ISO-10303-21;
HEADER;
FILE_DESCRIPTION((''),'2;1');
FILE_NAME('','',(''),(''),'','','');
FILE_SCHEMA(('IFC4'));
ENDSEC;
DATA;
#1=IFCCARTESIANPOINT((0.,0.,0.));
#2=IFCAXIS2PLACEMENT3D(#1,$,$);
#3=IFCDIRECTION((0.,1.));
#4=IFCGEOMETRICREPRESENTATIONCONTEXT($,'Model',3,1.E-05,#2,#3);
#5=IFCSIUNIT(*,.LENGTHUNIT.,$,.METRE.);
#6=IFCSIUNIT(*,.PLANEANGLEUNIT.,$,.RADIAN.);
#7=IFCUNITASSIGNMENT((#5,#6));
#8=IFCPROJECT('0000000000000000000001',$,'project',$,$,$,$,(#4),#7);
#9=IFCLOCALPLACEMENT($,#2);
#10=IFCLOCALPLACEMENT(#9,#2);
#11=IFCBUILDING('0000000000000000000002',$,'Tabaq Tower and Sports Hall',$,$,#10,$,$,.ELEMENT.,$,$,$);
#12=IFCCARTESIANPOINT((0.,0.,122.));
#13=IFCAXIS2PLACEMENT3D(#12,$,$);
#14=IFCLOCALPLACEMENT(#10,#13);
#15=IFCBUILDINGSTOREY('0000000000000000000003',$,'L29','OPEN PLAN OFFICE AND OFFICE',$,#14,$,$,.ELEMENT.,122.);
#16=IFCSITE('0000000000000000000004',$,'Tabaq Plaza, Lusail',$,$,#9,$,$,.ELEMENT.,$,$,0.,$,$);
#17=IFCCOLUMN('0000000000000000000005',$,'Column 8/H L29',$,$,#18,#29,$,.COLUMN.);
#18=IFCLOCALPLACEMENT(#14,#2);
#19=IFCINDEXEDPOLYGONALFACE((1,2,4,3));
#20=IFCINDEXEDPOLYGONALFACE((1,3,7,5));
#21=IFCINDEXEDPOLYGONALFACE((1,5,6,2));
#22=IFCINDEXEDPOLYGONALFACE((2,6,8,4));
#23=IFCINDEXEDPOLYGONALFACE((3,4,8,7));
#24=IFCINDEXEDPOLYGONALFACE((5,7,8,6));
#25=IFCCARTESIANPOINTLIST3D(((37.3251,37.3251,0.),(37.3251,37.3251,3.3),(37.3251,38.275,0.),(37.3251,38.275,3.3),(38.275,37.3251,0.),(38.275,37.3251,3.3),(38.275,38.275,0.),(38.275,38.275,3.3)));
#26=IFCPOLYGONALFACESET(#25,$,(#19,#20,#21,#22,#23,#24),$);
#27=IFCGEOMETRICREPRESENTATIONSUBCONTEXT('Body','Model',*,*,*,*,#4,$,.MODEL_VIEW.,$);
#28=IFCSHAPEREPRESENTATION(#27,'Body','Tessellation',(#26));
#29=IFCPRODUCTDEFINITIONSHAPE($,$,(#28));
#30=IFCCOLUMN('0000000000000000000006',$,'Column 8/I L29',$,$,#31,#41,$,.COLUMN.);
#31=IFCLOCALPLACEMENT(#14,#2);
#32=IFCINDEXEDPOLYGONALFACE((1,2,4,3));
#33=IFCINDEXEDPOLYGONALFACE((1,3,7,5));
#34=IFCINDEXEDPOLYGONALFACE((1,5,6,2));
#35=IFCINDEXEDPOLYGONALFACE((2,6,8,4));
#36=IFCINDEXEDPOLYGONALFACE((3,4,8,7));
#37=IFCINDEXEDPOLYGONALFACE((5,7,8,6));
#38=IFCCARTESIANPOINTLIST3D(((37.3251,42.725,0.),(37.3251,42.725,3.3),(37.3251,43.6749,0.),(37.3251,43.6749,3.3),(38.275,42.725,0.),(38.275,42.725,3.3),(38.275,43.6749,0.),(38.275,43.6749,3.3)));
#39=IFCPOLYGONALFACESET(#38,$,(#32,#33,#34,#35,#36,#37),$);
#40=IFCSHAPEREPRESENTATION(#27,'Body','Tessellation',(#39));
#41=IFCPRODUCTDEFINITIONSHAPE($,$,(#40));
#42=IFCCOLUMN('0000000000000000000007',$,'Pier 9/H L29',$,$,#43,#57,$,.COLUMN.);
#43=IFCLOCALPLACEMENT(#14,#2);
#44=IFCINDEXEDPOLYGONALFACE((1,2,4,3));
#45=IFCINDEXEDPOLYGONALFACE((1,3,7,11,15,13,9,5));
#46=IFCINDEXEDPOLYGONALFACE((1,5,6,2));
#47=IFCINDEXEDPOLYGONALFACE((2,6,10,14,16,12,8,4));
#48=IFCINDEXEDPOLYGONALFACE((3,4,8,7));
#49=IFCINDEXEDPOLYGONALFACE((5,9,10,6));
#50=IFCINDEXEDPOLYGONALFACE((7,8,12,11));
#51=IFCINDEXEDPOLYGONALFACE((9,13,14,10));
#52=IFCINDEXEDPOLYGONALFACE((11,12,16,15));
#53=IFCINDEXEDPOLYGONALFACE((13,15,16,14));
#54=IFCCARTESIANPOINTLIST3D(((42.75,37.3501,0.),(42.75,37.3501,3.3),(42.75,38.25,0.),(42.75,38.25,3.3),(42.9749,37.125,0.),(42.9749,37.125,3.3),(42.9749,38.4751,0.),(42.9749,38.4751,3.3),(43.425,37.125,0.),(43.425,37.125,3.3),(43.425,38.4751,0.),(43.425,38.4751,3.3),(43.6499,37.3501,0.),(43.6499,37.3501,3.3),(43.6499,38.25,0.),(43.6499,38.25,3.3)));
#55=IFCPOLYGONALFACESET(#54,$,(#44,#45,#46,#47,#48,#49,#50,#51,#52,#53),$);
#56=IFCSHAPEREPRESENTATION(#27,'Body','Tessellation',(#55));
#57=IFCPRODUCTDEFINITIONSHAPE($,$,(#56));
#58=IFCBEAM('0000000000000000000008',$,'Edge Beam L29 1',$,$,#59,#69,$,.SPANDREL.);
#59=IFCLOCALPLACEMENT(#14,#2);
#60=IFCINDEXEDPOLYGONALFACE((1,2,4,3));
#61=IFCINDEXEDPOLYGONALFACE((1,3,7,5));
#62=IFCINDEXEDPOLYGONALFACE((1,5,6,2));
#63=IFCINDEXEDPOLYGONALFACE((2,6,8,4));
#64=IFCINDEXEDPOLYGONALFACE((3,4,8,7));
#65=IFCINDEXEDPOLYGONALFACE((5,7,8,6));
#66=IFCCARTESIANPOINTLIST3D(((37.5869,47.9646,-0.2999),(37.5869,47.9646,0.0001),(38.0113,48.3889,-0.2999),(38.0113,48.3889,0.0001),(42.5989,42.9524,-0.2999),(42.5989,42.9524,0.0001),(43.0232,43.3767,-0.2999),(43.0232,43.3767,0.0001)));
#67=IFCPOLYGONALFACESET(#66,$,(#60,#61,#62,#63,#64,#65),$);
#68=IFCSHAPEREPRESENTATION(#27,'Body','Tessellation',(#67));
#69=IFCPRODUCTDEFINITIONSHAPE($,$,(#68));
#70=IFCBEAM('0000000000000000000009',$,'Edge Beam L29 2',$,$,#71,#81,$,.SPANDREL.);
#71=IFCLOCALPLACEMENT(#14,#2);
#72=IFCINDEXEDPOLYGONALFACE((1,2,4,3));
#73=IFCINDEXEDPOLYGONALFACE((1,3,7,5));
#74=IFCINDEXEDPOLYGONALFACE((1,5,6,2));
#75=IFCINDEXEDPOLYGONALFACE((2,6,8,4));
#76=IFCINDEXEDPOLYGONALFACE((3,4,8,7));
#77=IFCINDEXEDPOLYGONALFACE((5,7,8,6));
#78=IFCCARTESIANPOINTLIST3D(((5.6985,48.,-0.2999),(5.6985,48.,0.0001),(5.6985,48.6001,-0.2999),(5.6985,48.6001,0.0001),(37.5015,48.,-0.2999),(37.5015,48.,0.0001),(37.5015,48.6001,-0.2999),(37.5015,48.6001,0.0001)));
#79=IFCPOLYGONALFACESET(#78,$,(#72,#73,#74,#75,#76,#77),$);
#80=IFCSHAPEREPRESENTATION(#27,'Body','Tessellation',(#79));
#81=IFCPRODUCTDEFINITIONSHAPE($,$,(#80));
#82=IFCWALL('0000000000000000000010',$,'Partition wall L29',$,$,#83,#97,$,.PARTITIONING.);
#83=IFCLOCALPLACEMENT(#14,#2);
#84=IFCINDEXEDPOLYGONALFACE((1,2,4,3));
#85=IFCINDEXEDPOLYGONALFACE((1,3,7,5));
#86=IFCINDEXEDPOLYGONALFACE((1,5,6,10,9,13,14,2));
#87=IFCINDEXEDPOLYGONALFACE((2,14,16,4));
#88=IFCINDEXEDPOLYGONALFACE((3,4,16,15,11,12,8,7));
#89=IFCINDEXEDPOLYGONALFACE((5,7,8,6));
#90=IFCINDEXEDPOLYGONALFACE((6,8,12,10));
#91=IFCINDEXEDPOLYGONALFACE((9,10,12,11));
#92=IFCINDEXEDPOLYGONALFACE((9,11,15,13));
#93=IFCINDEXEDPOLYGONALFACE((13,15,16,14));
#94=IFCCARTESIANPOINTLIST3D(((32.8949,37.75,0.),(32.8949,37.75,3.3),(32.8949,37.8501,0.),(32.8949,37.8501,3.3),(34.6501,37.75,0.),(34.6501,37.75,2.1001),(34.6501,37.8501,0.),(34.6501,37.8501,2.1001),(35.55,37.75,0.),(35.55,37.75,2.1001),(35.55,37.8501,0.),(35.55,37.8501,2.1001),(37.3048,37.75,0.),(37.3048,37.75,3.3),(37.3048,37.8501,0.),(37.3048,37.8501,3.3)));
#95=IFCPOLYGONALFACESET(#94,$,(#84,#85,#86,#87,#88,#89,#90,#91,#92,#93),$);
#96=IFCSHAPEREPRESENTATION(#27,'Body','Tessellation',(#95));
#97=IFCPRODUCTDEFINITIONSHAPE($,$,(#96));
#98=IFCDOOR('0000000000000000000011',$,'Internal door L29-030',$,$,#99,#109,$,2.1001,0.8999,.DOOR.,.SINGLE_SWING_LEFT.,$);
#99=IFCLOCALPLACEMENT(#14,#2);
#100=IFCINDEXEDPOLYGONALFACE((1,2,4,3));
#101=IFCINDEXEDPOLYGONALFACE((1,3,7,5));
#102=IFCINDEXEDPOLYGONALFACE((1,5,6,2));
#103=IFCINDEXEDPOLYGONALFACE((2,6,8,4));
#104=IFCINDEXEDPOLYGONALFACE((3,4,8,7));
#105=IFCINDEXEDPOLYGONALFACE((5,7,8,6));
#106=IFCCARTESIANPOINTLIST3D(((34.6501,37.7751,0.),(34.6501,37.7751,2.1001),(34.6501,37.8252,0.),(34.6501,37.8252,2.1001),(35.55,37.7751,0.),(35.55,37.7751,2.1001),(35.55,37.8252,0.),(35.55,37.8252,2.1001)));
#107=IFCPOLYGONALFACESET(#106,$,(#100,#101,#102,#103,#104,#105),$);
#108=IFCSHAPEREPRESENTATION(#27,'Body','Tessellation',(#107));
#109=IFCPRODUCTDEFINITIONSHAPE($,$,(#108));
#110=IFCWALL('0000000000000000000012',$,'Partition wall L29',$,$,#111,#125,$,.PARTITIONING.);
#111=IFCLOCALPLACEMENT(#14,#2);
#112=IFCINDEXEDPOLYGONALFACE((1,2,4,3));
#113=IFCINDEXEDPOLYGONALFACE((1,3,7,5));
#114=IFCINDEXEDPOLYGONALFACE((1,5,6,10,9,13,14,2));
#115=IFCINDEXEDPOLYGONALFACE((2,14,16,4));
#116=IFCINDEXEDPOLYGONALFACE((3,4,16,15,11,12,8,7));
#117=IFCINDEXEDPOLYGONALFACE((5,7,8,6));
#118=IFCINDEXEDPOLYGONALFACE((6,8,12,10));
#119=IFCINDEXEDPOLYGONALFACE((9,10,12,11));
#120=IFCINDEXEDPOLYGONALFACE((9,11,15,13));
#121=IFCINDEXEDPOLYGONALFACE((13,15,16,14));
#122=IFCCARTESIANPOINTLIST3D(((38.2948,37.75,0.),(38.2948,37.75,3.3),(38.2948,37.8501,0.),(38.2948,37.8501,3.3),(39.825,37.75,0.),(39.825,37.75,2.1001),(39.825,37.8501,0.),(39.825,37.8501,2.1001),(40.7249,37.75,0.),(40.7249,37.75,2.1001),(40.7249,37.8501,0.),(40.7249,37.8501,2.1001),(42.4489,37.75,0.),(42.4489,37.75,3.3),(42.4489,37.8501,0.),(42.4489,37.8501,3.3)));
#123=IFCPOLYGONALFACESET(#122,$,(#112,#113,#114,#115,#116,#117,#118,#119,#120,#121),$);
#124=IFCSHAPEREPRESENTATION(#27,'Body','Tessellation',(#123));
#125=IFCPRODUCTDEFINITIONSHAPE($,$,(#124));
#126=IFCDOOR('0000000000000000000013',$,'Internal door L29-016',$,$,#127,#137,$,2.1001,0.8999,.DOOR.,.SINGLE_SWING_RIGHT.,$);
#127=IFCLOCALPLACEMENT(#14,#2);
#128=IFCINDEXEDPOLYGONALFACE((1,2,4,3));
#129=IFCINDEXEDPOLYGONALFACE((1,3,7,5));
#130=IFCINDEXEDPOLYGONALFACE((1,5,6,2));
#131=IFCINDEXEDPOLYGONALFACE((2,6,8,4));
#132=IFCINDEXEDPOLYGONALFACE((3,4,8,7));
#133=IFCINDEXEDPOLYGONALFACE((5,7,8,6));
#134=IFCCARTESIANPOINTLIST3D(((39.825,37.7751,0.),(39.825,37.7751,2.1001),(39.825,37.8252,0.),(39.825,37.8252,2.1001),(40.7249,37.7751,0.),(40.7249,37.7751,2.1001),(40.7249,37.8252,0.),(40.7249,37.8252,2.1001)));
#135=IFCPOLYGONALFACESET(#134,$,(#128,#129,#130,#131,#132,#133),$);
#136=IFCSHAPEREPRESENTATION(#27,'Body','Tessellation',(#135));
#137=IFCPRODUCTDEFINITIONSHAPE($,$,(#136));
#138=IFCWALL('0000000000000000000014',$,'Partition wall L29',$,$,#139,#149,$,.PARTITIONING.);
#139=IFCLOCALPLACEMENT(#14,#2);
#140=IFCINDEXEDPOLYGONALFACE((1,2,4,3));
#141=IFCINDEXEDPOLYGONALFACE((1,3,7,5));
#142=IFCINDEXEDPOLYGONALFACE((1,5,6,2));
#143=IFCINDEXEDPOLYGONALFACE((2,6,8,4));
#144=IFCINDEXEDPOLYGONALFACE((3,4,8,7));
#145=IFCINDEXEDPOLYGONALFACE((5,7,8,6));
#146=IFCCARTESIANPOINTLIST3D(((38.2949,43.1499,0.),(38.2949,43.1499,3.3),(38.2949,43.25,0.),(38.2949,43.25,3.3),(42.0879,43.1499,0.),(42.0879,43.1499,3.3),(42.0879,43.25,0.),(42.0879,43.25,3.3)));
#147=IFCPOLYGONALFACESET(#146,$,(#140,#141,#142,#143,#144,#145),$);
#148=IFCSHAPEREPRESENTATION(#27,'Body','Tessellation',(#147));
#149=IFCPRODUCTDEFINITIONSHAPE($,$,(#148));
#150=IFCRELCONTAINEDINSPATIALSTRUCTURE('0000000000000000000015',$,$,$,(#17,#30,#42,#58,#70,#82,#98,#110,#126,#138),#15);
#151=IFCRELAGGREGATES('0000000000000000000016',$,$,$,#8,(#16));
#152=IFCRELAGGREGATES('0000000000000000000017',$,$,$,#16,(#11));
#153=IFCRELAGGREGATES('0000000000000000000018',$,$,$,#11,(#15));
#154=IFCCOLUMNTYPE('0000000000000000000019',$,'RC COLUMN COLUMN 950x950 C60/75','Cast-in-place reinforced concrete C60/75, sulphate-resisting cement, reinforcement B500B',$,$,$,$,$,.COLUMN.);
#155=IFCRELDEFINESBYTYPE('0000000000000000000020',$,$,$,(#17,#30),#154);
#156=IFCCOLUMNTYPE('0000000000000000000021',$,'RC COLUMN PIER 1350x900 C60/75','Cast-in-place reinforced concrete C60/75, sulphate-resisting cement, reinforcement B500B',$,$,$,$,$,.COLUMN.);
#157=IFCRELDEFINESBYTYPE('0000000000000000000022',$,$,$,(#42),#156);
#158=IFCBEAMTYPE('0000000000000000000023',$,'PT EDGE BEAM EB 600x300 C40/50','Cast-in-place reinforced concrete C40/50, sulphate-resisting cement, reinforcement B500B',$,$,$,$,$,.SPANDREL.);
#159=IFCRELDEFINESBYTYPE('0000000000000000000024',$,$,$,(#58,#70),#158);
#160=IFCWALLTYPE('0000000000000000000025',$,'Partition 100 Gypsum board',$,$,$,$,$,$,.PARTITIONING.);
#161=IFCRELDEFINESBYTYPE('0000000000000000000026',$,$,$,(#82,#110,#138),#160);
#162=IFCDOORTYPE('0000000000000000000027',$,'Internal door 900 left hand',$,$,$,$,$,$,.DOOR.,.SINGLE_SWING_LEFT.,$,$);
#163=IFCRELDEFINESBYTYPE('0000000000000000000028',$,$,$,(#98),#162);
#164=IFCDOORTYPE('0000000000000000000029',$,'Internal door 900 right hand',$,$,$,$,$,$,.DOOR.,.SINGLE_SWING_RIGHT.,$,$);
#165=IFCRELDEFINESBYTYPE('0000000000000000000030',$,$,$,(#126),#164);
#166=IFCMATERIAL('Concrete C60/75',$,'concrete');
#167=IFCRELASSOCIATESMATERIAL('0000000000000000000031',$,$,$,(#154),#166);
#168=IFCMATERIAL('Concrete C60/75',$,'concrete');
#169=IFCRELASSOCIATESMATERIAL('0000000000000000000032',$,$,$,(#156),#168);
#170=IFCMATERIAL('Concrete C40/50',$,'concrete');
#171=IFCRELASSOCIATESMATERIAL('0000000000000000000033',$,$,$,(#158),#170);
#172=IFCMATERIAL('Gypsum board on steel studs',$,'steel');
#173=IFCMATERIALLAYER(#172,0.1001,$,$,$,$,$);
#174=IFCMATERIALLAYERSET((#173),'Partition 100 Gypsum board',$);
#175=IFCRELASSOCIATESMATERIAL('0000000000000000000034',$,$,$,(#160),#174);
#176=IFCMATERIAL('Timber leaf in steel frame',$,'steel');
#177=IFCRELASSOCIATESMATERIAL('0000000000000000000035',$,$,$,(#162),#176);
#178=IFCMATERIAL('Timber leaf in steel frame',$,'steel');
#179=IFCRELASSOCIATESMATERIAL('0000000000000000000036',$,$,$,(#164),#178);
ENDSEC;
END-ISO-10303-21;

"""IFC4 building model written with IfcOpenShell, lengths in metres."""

from ifc_helpers import new_model, si_unit, direction, frame, frame_2d, origin, origin_2d, place, context, subcontext, project, spatial, polyline, rectangle, outline, extrude, material, layer, layer_set, material_profile, profile_set, type_object, element, fill, save


model = new_model("IFC4")

# Units and contexts
model_context = context("Model", 3, precision=1e-05, world=origin(), true_north=direction((0.0, 1.0)))
body_context = subcontext(model_context, "Body", "Model", "MODEL_VIEW")
ifc_project = project(units=[si_unit("LENGTHUNIT", "METRE"), si_unit("PLANEANGLEUNIT", "RADIAN")], contexts=[model_context])

# Site, building, storey
site_placement = place(None, origin())
site = spatial("IfcSite", under=ifc_project, at=site_placement, Name="Tabaq Plaza, Lusail", CompositionType="ELEMENT", RefElevation=0.0)
building_placement = place(site_placement, origin())
building = spatial("IfcBuilding", under=site, at=building_placement, Name="Tabaq Tower and Sports Hall", CompositionType="ELEMENT")
storey_placement = place(building_placement, frame((0.0, 0.0, 122.0)))
storey = spatial("IfcBuildingStorey", under=building, at=storey_placement, Name="L29", Description="OPEN PLAN OFFICE AND OFFICE", CompositionType="ELEMENT", Elevation=122.0)

# Columns
ifc_material_1 = material(Name="Concrete C60/75", Category="concrete")
ifc_material_profile_1 = material_profile(ifc_material_1, rectangle(XDim=0.95, YDim=0.95, at=origin_2d()), Name="COLUMN 950x950")
ifc_profile_set_1 = profile_set([ifc_material_profile_1], Name="Concrete C60/75")
column_type_1 = type_object("IfcColumnType", Name="RC COLUMN COLUMN 950x950 C60/75", Description="Cast-in-place reinforced concrete C60/75, sulphate-resisting cement, reinforcement B500B", PredefinedType="COLUMN", material=ifc_profile_set_1)
for number, where, z_axis, x_axis, name in (
    (1, (37.8, 37.8, 0.0), (0.0, 0.0, 1.0), (1.0, 0.0, 0.0), "Column 8/H L29"),
    (2, (37.8, 43.2, 0.0), (0.0, 0.0, 1.0), (1.0, 0.0, 0.0), "Column 8/I L29"),
):
    element("IfcColumn", number, at=place(storey_placement, frame(where, z_axis=z_axis, x_axis=x_axis)), inside=storey, type_object=column_type_1, Name=name, PredefinedType="COLUMN", context=body_context, shape_type="SweptSolid", body=[
        extrude(rectangle(XDim=0.95, YDim=0.95, at=origin_2d()), origin(), (0.0, 0.0, 1.0), 3.3),
    ])
ifc_material_2 = material(Name="Concrete C60/75", Category="concrete")
ifc_material_profile_2 = material_profile(ifc_material_2, outline(polyline([(-0.45, -0.45), (0.45, -0.45), (0.675, -0.2251), (0.675, 0.2251), (0.45, 0.45), (-0.45, 0.45), (-0.675, 0.2251), (-0.675, -0.2251), (-0.45, -0.45)])), Name="PIER 1350x900")
ifc_profile_set_2 = profile_set([ifc_material_profile_2], Name="Concrete C60/75")
column_type_2 = type_object("IfcColumnType", Name="RC COLUMN PIER 1350x900 C60/75", Description="Cast-in-place reinforced concrete C60/75, sulphate-resisting cement, reinforcement B500B", PredefinedType="COLUMN", material=ifc_profile_set_2)
column_placement = place(storey_placement, frame((43.2, 37.8, 0.0), z_axis=(0.0, 0.0, 1.0), x_axis=(0.0, 1.0, 0.0)))
element("IfcColumn", 3, at=column_placement, inside=storey, type_object=column_type_2, Name="Pier 9/H L29", PredefinedType="COLUMN", context=body_context, shape_type="SweptSolid", body=[
    extrude(outline(polyline([(-0.45, -0.45), (0.45, -0.45), (0.675, -0.2251), (0.675, 0.2251), (0.45, 0.45), (-0.45, 0.45), (-0.675, 0.2251), (-0.675, -0.2251), (-0.45, -0.45)])), origin(), (0.0, 0.0, 1.0), 3.3),
])

# Beams
ifc_material_3 = material(Name="Concrete C40/50", Category="concrete")
ifc_material_profile_3 = material_profile(ifc_material_3, rectangle(XDim=0.6001, YDim=0.3, at=origin_2d()), Name="EB 600x300")
ifc_profile_set_3 = profile_set([ifc_material_profile_3], Name="Concrete C40/50")
beam_type = type_object("IfcBeamType", Name="PT EDGE BEAM EB 600x300 C40/50", Description="Cast-in-place reinforced concrete C40/50, sulphate-resisting cement, reinforcement B500B", PredefinedType="SPANDREL", material=ifc_profile_set_3)
beam_1_placement = place(storey_placement, frame((42.811, 43.1646, -0.1499), z_axis=(-0.70709, 0.707124, 0.0), x_axis=(-0.707124, -0.70709, 0.0)))
element("IfcBeam", 4, at=beam_1_placement, inside=storey, type_object=beam_type, Name="Edge Beam L29 1", PredefinedType="SPANDREL", context=body_context, shape_type="SweptSolid", body=[
    extrude(rectangle(XDim=0.6001, YDim=0.3, at=origin_2d()), origin(), (0.0, 0.0, 1.0), 7.0881),
])
beam_2_placement = place(storey_placement, frame((37.5015, 48.3, -0.1499), z_axis=(-1.0, 0.0, 0.0), x_axis=(0.0, -1.0, 0.0)))
element("IfcBeam", 5, at=beam_2_placement, inside=storey, type_object=beam_type, Name="Edge Beam L29 2", PredefinedType="SPANDREL", context=body_context, shape_type="SweptSolid", body=[
    extrude(rectangle(XDim=0.6001, YDim=0.3, at=origin_2d()), origin(), (0.0, 0.0, 1.0), 31.803),
])

# Walls, openings, doors
ifc_material_4 = material(Name="Gypsum board on steel studs", Category="steel")
ifc_layer_1 = layer(ifc_material_4, 0.1001)
ifc_layer_set_1 = layer_set([ifc_layer_1], Name="Partition 100 Gypsum board")
wall_type_1 = type_object("IfcWallType", Name="Partition 100 Gypsum board", PredefinedType="PARTITIONING", material=ifc_layer_set_1)
wall_1_placement = place(storey_placement, frame((37.3049, 37.8, 0.0), z_axis=(0.0, 0.0, 1.0), x_axis=(-1.0, 0.0, 0.0)))
wall_1 = element("IfcWall", 6, at=wall_1_placement, inside=storey, type_object=wall_type_1, Name="Partition wall L29", PredefinedType="PARTITIONING", context=body_context, shape_type="SweptSolid", body=[
    extrude(rectangle(XDim=4.4099, YDim=0.1001, at=frame_2d((2.2051, 0.0))), origin(), (0.0, 0.0, 1.0), 3.3),
])
opening_1_placement = place(wall_1_placement, frame((1.7549, 0.0, 0.0)))
opening_1 = element("IfcOpeningElement", 7, at=opening_1_placement, cuts=wall_1, PredefinedType="OPENING", context=body_context, shape_type="SweptSolid", body=[
    extrude(rectangle(XDim=0.8999, YDim=2.1001, at=frame_2d((0.45, 1.05))), frame((0.0, 0.05, 0.0), z_axis=(0.0, -1.0, 0.0), x_axis=(1.0, 0.0, 0.0)), (0.0, 0.0, 1.0), 0.1001),
])
ifc_material_5 = material(Name="Timber leaf in steel frame", Category="steel")
door_type_1 = type_object("IfcDoorType", Name="Internal door 900 left hand", OperationType="SINGLE_SWING_LEFT", PredefinedType="DOOR", material=ifc_material_5)
door_1_placement = place(opening_1_placement, origin())
door_1 = element("IfcDoor", 8, at=door_1_placement, inside=storey, type_object=door_type_1, Name="Internal door L29-030", OperationType="SINGLE_SWING_LEFT", OverallHeight=2.1001, OverallWidth=0.8999, PredefinedType="DOOR", context=body_context, shape_type="SweptSolid", body=[
    extrude(rectangle(XDim=0.8999, YDim=2.1001, at=frame_2d((0.45, 1.05))), frame((0.0, 0.0249, 0.0), z_axis=(0.0, -1.0, 0.0), x_axis=(1.0, 0.0, 0.0)), (0.0, 0.0, 1.0), 0.05),
])
fill(opening_1, door_1)
wall_2_placement = place(storey_placement, frame((42.449, 37.8, 0.0), z_axis=(0.0, 0.0, 1.0), x_axis=(-1.0, 0.0, 0.0)))
wall_2 = element("IfcWall", 9, at=wall_2_placement, inside=storey, type_object=wall_type_1, Name="Partition wall L29", PredefinedType="PARTITIONING", context=body_context, shape_type="SweptSolid", body=[
    extrude(rectangle(XDim=4.1541, YDim=0.1001, at=frame_2d((2.0771, 0.0))), origin(), (0.0, 0.0, 1.0), 3.3),
])
opening_2_placement = place(wall_2_placement, frame((1.7241, 0.0, 0.0)))
opening_2 = element("IfcOpeningElement", 10, at=opening_2_placement, cuts=wall_2, PredefinedType="OPENING", context=body_context, shape_type="SweptSolid", body=[
    extrude(rectangle(XDim=0.8999, YDim=2.1001, at=frame_2d((0.45, 1.05))), frame((0.0, 0.05, 0.0), z_axis=(0.0, -1.0, 0.0), x_axis=(1.0, 0.0, 0.0)), (0.0, 0.0, 1.0), 0.1001),
])
ifc_material_6 = material(Name="Timber leaf in steel frame", Category="steel")
door_type_2 = type_object("IfcDoorType", Name="Internal door 900 right hand", OperationType="SINGLE_SWING_RIGHT", PredefinedType="DOOR", material=ifc_material_6)
door_2_placement = place(opening_2_placement, origin())
door_2 = element("IfcDoor", 11, at=door_2_placement, inside=storey, type_object=door_type_2, Name="Internal door L29-016", OperationType="SINGLE_SWING_RIGHT", OverallHeight=2.1001, OverallWidth=0.8999, PredefinedType="DOOR", context=body_context, shape_type="SweptSolid", body=[
    extrude(rectangle(XDim=0.8999, YDim=2.1001, at=frame_2d((0.45, 1.05))), frame((0.0, 0.0249, 0.0), z_axis=(0.0, -1.0, 0.0), x_axis=(1.0, 0.0, 0.0)), (0.0, 0.0, 1.0), 0.05),
])
fill(opening_2, door_2)

# Wall
wall_3_placement = place(storey_placement, frame((42.0879, 43.2, 0.0), z_axis=(0.0, 0.0, 1.0), x_axis=(-1.0, 0.0, 0.0)))
element("IfcWall", 12, at=wall_3_placement, inside=storey, type_object=wall_type_1, Name="Partition wall L29", PredefinedType="PARTITIONING", context=body_context, shape_type="SweptSolid", body=[
    extrude(rectangle(XDim=3.793, YDim=0.1001, at=frame_2d((1.8965, 0.0))), origin(), (0.0, 0.0, 1.0), 3.3),
])

save(model, "model.ifc")
